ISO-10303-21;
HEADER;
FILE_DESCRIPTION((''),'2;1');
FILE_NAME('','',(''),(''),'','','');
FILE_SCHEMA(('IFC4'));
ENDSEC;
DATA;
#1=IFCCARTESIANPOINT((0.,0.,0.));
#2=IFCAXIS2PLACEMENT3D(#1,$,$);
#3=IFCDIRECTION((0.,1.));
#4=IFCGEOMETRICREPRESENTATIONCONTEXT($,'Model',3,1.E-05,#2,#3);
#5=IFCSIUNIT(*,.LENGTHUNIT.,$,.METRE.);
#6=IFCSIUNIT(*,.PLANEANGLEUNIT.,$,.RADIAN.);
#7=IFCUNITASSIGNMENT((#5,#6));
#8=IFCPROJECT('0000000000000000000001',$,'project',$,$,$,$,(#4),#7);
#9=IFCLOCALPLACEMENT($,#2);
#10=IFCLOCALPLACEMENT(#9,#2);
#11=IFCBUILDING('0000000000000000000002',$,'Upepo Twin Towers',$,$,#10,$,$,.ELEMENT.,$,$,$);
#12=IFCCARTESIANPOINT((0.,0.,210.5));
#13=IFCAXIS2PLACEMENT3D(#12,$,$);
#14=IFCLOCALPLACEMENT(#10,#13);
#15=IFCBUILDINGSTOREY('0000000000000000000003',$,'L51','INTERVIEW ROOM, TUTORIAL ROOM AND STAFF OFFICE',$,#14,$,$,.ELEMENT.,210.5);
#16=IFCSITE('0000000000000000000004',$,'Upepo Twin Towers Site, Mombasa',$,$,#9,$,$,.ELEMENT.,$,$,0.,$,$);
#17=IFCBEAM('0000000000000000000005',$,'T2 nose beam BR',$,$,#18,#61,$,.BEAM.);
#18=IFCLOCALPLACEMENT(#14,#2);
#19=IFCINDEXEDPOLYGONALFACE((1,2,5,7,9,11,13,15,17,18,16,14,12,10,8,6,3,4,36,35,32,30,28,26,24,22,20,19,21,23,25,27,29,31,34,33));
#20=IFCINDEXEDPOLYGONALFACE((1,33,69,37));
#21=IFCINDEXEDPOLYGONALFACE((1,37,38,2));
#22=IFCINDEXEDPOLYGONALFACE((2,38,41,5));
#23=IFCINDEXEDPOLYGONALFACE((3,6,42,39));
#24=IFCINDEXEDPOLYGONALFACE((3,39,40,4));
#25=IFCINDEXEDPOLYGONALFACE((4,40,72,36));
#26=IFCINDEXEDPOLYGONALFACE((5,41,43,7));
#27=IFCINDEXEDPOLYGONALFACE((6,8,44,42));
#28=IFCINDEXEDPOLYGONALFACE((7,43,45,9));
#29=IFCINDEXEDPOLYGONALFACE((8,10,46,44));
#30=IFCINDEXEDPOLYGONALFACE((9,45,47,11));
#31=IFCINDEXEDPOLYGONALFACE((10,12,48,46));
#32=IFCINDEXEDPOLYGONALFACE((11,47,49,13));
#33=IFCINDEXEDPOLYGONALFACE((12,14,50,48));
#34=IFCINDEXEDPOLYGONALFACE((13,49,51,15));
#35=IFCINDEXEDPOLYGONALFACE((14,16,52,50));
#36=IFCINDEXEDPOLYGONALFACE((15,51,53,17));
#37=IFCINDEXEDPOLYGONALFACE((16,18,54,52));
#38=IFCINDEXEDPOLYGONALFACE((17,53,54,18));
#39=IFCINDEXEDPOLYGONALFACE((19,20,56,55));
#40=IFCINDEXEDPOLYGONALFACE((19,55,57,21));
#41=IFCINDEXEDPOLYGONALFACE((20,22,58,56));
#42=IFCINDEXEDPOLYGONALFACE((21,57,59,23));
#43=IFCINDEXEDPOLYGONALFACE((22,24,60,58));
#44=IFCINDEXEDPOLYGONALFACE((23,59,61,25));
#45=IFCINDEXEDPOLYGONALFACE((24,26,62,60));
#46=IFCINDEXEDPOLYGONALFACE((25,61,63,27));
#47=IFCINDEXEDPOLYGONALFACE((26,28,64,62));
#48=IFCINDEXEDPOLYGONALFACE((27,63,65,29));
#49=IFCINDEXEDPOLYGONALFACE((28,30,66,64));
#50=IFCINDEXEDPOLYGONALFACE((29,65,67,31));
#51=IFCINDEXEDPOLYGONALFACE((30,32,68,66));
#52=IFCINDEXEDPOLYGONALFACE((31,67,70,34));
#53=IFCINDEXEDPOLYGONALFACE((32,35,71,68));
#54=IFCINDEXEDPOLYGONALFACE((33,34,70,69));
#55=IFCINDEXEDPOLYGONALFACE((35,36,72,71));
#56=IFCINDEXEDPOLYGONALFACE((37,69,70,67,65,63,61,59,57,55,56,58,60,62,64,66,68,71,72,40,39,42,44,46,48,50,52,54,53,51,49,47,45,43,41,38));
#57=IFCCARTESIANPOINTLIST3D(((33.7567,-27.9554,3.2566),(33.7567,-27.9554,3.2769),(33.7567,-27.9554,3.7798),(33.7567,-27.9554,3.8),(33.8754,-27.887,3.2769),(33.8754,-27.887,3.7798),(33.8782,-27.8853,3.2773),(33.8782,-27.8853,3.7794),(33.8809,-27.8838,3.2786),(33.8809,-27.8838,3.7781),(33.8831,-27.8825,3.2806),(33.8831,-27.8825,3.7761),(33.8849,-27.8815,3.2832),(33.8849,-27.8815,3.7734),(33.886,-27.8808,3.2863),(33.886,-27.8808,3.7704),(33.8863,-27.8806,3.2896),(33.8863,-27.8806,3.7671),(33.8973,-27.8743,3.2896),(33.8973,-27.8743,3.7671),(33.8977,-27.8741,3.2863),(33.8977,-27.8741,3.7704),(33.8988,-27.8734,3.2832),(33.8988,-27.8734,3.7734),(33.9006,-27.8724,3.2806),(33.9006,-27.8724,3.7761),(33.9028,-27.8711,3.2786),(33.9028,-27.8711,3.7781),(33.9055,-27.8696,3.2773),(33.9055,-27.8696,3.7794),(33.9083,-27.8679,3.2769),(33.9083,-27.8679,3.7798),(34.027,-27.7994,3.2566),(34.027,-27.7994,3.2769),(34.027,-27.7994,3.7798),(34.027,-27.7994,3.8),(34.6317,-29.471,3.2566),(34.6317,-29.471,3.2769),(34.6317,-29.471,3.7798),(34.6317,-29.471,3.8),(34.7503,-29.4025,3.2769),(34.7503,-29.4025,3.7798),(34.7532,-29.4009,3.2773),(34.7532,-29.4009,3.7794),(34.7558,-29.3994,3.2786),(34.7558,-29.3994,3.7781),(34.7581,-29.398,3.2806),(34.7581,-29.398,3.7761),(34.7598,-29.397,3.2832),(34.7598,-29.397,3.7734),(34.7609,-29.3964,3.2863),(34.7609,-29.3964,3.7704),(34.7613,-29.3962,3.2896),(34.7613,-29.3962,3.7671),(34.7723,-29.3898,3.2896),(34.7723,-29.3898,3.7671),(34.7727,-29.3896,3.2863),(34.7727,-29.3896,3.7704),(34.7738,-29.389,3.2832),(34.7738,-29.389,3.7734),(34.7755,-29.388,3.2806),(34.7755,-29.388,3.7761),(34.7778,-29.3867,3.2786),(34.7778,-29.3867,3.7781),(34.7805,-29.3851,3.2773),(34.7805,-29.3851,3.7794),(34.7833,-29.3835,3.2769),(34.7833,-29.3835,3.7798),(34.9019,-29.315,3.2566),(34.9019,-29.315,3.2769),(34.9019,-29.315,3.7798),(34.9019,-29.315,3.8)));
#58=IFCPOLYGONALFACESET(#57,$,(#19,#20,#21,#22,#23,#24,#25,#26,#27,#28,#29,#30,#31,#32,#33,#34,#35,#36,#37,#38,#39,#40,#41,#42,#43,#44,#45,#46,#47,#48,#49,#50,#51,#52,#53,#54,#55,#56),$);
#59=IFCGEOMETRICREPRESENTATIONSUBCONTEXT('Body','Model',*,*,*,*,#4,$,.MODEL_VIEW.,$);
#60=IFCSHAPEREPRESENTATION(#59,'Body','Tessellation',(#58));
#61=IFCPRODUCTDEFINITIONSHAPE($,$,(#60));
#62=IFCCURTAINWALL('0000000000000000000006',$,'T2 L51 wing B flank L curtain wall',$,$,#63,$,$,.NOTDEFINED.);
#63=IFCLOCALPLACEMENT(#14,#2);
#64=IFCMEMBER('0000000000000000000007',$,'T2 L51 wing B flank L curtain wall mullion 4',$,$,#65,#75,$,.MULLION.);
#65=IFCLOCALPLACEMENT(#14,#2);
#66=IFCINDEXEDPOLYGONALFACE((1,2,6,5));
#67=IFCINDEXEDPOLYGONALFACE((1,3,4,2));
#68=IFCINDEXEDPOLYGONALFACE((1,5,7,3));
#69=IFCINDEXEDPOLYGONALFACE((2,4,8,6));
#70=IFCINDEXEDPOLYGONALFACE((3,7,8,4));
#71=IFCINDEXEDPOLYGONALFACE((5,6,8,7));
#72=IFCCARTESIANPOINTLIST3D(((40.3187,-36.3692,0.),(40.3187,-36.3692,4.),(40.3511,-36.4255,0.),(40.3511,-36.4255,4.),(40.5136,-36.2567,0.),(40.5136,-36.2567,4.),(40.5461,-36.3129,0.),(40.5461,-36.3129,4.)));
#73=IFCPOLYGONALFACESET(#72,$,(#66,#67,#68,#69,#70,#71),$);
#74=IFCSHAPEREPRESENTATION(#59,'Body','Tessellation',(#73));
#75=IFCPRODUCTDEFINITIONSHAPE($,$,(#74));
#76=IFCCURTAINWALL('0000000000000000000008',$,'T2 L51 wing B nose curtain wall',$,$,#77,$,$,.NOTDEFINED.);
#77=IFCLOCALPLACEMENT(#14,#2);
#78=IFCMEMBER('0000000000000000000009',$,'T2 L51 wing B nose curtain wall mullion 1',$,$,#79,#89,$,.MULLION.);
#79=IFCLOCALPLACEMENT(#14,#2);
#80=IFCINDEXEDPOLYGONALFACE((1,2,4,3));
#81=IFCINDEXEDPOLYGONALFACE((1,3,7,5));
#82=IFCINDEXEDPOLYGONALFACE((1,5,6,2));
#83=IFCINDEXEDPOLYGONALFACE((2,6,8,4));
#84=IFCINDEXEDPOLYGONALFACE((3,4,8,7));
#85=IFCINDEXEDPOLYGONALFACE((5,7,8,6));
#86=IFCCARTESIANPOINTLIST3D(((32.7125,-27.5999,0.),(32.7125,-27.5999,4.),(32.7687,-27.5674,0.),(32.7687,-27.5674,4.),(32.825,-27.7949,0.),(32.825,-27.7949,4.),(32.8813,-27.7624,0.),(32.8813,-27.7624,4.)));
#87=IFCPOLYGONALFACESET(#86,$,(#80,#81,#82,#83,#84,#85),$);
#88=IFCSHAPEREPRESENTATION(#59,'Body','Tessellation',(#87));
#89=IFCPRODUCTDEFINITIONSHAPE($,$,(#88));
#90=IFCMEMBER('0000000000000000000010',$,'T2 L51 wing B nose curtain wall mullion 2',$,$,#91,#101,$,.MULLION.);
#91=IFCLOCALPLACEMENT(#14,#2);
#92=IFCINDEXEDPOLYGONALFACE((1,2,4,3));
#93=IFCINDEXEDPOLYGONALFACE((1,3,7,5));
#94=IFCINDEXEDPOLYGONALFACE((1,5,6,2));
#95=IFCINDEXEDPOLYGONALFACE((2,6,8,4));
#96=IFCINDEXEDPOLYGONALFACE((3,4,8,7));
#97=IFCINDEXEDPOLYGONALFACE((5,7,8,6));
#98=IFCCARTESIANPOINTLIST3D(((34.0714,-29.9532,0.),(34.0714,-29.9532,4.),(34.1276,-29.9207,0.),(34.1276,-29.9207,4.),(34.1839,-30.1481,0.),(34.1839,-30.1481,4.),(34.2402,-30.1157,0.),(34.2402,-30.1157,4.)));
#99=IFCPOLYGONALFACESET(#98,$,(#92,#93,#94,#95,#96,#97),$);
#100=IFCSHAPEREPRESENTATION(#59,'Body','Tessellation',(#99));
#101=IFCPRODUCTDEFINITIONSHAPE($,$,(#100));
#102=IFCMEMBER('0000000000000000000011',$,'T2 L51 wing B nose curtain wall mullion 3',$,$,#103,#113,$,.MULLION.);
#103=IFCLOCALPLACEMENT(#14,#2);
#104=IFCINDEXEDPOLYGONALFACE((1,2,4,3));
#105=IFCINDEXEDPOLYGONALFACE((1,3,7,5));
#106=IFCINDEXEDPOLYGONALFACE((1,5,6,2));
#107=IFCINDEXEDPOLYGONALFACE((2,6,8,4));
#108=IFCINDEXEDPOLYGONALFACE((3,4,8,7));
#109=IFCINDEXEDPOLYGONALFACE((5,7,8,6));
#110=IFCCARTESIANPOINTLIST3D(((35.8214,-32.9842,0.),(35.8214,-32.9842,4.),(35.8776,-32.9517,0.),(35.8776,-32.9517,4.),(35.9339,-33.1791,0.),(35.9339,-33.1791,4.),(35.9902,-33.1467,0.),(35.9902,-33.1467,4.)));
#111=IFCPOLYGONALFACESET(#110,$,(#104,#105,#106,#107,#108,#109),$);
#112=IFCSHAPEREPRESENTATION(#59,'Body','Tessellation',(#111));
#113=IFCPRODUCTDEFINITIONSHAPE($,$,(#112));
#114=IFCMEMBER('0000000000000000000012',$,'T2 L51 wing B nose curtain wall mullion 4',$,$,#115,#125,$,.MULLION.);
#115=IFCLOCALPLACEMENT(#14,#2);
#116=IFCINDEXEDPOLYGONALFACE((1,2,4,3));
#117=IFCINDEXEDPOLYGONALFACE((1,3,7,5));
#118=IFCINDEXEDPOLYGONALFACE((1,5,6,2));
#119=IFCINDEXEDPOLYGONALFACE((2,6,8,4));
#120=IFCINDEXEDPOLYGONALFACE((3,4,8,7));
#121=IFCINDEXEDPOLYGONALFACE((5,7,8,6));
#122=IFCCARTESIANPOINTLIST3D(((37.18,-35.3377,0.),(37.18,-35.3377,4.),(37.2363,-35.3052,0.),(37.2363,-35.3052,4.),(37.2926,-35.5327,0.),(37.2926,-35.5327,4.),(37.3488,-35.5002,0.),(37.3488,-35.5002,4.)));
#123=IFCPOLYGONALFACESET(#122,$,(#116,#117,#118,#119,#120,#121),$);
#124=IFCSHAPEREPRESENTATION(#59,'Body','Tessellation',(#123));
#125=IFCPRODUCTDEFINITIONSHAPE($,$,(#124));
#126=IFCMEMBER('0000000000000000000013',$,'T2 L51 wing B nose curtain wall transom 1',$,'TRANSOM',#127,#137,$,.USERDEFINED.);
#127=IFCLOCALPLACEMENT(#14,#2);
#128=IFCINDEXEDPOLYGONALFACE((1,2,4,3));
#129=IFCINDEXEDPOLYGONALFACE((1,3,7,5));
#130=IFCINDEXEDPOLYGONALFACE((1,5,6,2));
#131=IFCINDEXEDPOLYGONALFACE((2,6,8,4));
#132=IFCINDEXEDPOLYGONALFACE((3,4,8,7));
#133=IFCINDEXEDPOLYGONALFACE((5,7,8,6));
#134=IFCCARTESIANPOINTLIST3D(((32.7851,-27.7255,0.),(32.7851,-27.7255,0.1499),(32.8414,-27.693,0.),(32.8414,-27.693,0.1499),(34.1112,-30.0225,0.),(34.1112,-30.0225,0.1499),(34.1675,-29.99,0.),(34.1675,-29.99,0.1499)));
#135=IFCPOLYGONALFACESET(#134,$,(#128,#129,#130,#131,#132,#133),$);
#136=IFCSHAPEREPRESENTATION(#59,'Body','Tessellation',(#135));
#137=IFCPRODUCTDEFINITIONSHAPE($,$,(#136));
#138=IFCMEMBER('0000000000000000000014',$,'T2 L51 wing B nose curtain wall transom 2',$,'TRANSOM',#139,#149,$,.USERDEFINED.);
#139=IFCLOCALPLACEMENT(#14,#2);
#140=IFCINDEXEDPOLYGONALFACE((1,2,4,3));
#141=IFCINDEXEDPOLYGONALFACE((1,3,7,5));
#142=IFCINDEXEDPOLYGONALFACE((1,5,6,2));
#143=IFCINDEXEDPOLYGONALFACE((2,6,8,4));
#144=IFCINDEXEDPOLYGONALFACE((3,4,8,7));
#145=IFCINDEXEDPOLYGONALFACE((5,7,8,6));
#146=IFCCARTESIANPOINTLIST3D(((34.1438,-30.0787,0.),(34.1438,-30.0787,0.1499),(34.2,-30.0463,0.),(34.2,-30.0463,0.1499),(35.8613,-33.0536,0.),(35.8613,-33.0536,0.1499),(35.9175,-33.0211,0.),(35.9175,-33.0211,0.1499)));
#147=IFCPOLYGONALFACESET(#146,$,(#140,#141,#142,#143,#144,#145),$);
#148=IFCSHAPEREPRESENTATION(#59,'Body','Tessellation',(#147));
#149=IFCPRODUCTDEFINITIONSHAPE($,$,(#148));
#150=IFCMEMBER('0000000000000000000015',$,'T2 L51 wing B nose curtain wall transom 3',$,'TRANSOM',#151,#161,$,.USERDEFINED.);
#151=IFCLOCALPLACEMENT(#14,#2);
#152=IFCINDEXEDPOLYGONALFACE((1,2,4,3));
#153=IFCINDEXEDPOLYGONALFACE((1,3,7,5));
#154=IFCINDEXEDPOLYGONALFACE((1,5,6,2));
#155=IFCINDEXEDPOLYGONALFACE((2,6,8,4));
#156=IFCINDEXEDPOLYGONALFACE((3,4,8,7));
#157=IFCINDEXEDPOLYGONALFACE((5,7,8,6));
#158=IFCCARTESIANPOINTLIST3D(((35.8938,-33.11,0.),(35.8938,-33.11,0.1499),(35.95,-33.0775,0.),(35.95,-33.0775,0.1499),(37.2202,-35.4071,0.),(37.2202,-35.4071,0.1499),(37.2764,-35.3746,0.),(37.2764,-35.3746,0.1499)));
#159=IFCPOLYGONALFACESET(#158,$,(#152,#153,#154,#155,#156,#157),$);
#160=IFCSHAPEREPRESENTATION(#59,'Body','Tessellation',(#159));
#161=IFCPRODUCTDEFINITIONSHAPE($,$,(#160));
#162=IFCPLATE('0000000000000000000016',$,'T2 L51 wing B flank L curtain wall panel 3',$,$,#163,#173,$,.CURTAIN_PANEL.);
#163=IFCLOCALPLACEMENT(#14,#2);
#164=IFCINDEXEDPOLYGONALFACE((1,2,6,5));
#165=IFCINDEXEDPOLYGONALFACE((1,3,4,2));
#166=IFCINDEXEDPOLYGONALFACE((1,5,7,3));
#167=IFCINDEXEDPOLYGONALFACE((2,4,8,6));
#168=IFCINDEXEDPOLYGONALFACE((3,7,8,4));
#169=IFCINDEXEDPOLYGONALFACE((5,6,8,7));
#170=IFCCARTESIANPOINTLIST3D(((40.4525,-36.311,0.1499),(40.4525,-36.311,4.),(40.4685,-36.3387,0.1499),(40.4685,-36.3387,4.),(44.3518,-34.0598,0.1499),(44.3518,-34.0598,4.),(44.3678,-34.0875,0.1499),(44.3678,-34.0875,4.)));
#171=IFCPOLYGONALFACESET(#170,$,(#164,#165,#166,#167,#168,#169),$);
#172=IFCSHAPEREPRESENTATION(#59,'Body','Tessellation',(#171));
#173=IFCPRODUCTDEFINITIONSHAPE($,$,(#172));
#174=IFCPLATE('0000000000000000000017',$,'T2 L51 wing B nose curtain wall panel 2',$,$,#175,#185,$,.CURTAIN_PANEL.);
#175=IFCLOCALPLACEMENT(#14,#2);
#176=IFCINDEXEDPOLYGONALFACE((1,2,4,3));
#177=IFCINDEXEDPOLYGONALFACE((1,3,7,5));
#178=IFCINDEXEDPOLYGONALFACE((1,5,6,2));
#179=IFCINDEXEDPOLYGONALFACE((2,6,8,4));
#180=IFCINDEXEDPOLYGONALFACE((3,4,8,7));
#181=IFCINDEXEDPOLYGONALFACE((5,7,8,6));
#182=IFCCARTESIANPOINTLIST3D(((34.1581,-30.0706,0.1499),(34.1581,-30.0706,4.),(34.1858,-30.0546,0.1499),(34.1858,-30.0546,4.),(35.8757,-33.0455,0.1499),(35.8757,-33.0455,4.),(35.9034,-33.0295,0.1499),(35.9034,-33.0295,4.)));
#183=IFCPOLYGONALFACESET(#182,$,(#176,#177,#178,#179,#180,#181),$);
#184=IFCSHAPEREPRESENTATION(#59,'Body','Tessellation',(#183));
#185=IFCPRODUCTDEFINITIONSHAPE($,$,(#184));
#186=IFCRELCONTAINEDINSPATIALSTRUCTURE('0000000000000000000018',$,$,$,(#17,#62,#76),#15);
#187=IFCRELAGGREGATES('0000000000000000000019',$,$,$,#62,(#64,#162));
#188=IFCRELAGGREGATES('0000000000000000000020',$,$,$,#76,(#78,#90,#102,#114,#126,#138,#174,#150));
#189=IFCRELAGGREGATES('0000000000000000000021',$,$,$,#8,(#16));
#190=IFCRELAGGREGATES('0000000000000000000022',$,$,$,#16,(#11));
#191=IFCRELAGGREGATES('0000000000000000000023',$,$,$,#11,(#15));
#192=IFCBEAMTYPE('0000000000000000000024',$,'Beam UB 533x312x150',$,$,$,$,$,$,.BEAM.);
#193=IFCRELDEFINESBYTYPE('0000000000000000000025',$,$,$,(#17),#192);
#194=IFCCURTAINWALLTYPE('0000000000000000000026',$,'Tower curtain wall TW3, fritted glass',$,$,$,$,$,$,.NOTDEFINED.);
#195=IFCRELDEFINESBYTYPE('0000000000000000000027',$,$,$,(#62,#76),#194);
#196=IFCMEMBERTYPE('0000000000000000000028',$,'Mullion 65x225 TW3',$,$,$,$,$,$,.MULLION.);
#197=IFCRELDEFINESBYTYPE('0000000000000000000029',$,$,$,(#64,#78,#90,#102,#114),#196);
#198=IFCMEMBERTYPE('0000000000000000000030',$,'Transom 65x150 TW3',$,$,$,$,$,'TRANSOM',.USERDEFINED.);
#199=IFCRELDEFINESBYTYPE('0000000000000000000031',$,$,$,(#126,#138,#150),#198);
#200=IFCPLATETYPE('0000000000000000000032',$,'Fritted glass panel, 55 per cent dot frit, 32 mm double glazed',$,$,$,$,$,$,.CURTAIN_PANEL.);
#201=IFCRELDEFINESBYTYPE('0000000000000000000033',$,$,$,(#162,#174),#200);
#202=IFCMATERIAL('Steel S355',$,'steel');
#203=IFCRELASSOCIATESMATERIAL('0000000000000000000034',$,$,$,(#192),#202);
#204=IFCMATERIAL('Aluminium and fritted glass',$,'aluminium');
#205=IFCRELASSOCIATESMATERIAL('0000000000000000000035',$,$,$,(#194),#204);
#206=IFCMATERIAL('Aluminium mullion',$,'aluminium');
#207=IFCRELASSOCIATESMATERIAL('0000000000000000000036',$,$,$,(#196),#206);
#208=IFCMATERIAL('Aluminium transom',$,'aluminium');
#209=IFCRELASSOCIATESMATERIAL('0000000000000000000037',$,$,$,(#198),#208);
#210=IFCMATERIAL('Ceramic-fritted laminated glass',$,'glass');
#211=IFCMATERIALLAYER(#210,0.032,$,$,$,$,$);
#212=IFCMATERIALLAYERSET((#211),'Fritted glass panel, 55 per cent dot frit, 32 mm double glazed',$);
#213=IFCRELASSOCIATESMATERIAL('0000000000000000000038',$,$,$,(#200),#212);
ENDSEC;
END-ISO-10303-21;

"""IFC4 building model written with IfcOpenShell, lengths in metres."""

from ifc_helpers import new_model, si_unit, direction, frame, origin, origin_2d, place, context, subcontext, project, spatial, rectangle, i_section, extrude, material, layer, layer_set, material_profile, profile_set, type_object, element, aggregate, save


model = new_model("IFC4")

# Units and contexts
model_context = context("Model", 3, precision=1e-05, world=origin(), true_north=direction((0.0, 1.0)))
body_context = subcontext(model_context, "Body", "Model", "MODEL_VIEW")
ifc_project = project(units=[si_unit("LENGTHUNIT", "METRE"), si_unit("PLANEANGLEUNIT", "RADIAN")], contexts=[model_context])

# Site, building, storey
site_placement = place(None, origin())
site = spatial("IfcSite", under=ifc_project, at=site_placement, Name="Upepo Twin Towers Site, Mombasa", CompositionType="ELEMENT", RefElevation=0.0)
building_placement = place(site_placement, origin())
building = spatial("IfcBuilding", under=site, at=building_placement, Name="Upepo Twin Towers", CompositionType="ELEMENT")
storey_placement = place(building_placement, frame((0.0, 0.0, 210.5)))
storey = spatial("IfcBuildingStorey", under=building, at=storey_placement, Name="L51", Description="INTERVIEW ROOM, TUTORIAL ROOM AND STAFF OFFICE", CompositionType="ELEMENT", Elevation=210.5)

# Beam
ifc_material_1 = material(Name="Steel S355", Category="steel")
ifc_material_profile_1 = material_profile(ifc_material_1, i_section(OverallWidth=0.312, OverallDepth=0.5435, WebThickness=0.0127, FlangeThickness=0.0203, FilletRadius=0.0127, at=origin_2d()), Name="UB 533x312x150")
ifc_profile_set_1 = profile_set([ifc_material_profile_1], Name="Steel S355")
beam_type_1 = type_object("IfcBeamType", Name="Beam UB 533x312x150", PredefinedType="BEAM", material=ifc_profile_set_1)
for number, where, z_axis, x_axis, name in (
    (1, (33.8918, -27.8774, 3.5283), (0.49998, -0.866037, 0.0), (0.866037, 0.49998, 0.0), "T2 nose beam BR"),
):
    element("IfcBeam", number, at=place(storey_placement, frame(where, z_axis=z_axis, x_axis=x_axis)), inside=storey, type_object=beam_type_1, Name=name, PredefinedType="BEAM", context=body_context, shape_type="SweptSolid", body=[
        extrude(i_section(OverallWidth=0.312, OverallDepth=0.5435, WebThickness=0.0127, FlangeThickness=0.0203, FilletRadius=0.0127, at=origin_2d()), origin(), (0.0, 0.0, 1.0), 1.75),
    ])

# Curtain wall, member
ifc_material_2 = material(Name="Aluminium and fritted glass", Category="aluminium")
curtain_wall_type = type_object("IfcCurtainWallType", Name="Tower curtain wall TW3, fritted glass", PredefinedType="NOTDEFINED", material=ifc_material_2)
curtain_wall_1_placement = place(storey_placement, origin())
curtain_wall_1 = element("IfcCurtainWall", 2, at=curtain_wall_1_placement, inside=storey, type_object=curtain_wall_type, Name="T2 L51 wing B flank L curtain wall", PredefinedType="NOTDEFINED")
ifc_material_3 = material(Name="Aluminium mullion", Category="aluminium")
ifc_material_profile_2 = material_profile(ifc_material_3, rectangle(XDim=0.0649, YDim=0.2251, at=origin_2d()), Name="MULLION 65x225")
ifc_profile_set_2 = profile_set([ifc_material_profile_2], Name="Aluminium mullion")
member_type_1 = type_object("IfcMemberType", Name="Mullion 65x225 TW3", PredefinedType="MULLION", material=ifc_profile_set_2)
member_1_placement = place(storey_placement, frame((40.4324, -36.3411, 0.0), z_axis=(0.0, 0.0, 1.0), x_axis=(0.5, -0.866025, 0.0)))
member_1 = element("IfcMember", 3, at=member_1_placement, type_object=member_type_1, Name="T2 L51 wing B flank L curtain wall mullion 4", PredefinedType="MULLION", context=body_context, shape_type="SweptSolid", body=[
    extrude(rectangle(XDim=0.0649, YDim=0.2251, at=origin_2d()), origin(), (0.0, 0.0, 1.0), 4.0),
])

# Curtain wall, members
curtain_wall_2_placement = place(storey_placement, origin())
curtain_wall_2 = element("IfcCurtainWall", 4, at=curtain_wall_2_placement, inside=storey, type_object=curtain_wall_type, Name="T2 L51 wing B nose curtain wall", PredefinedType="NOTDEFINED")
member_2_placement = place(storey_placement, frame((32.7969, -27.6812, 0.0), z_axis=(0.0, 0.0, 1.0), x_axis=(0.866025, 0.5, 0.0)))
member_2 = element("IfcMember", 5, at=member_2_placement, type_object=member_type_1, Name="T2 L51 wing B nose curtain wall mullion 1", PredefinedType="MULLION", context=body_context, shape_type="SweptSolid", body=[
    extrude(rectangle(XDim=0.0649, YDim=0.2251, at=origin_2d()), origin(), (0.0, 0.0, 1.0), 4.0),
])
member_3_placement = place(storey_placement, frame((34.1558, -30.0344, 0.0), z_axis=(0.0, 0.0, 1.0), x_axis=(0.866025, 0.5, 0.0)))
member_3 = element("IfcMember", 6, at=member_3_placement, type_object=member_type_1, Name="T2 L51 wing B nose curtain wall mullion 2", PredefinedType="MULLION", context=body_context, shape_type="SweptSolid", body=[
    extrude(rectangle(XDim=0.0649, YDim=0.2251, at=origin_2d()), origin(), (0.0, 0.0, 1.0), 4.0),
])
member_4_placement = place(storey_placement, frame((35.9058, -33.0654, 0.0), z_axis=(0.0, 0.0, 1.0), x_axis=(0.866025, 0.5, 0.0)))
member_4 = element("IfcMember", 7, at=member_4_placement, type_object=member_type_1, Name="T2 L51 wing B nose curtain wall mullion 3", PredefinedType="MULLION", context=body_context, shape_type="SweptSolid", body=[
    extrude(rectangle(XDim=0.0649, YDim=0.2251, at=origin_2d()), origin(), (0.0, 0.0, 1.0), 4.0),
])
member_5_placement = place(storey_placement, frame((37.2644, -35.4189, 0.0), z_axis=(0.0, 0.0, 1.0), x_axis=(0.866025, 0.5, 0.0)))
member_5 = element("IfcMember", 8, at=member_5_placement, type_object=member_type_1, Name="T2 L51 wing B nose curtain wall mullion 4", PredefinedType="MULLION", context=body_context, shape_type="SweptSolid", body=[
    extrude(rectangle(XDim=0.0649, YDim=0.2251, at=origin_2d()), origin(), (0.0, 0.0, 1.0), 4.0),
])
ifc_material_4 = material(Name="Aluminium transom", Category="aluminium")
ifc_material_profile_3 = material_profile(ifc_material_4, rectangle(XDim=0.0649, YDim=0.1499, at=origin_2d()), Name="TRANSOM 65x150")
ifc_profile_set_3 = profile_set([ifc_material_profile_3], Name="Aluminium transom")
member_type_2 = type_object("IfcMemberType", Name="Transom 65x150 TW3", ElementType="TRANSOM", PredefinedType="USERDEFINED", material=ifc_profile_set_3)
member_6_placement = place(storey_placement, frame((32.8132, -27.7092, 0.075), z_axis=(0.49998, -0.866037, 0.0), x_axis=(0.866037, 0.49998, 0.0)))
member_6 = element("IfcMember", 9, at=member_6_placement, type_object=member_type_2, Name="T2 L51 wing B nose curtain wall transom 1", ObjectType="TRANSOM", PredefinedType="USERDEFINED", context=body_context, shape_type="SweptSolid", body=[
    extrude(rectangle(XDim=0.0649, YDim=0.1499, at=origin_2d()), origin(), (0.0, 0.0, 1.0), 2.6523),
])
member_7_placement = place(storey_placement, frame((34.1719, -30.0625, 0.075), z_axis=(0.499999, -0.866026, 0.0), x_axis=(0.866026, 0.499999, 0.0)))
member_7 = element("IfcMember", 10, at=member_7_placement, type_object=member_type_2, Name="T2 L51 wing B nose curtain wall transom 2", ObjectType="TRANSOM", PredefinedType="USERDEFINED", context=body_context, shape_type="SweptSolid", body=[
    extrude(rectangle(XDim=0.0649, YDim=0.1499, at=origin_2d()), origin(), (0.0, 0.0, 1.0), 3.4351),
])
member_8_placement = place(storey_placement, frame((35.9219, -33.0938, 0.075), z_axis=(0.500049, -0.865997, 0.0), x_axis=(0.865997, 0.500049, 0.0)))
member_8 = element("IfcMember", 11, at=member_8_placement, type_object=member_type_2, Name="T2 L51 wing B nose curtain wall transom 3", ObjectType="TRANSOM", PredefinedType="USERDEFINED", context=body_context, shape_type="SweptSolid", body=[
    extrude(rectangle(XDim=0.0649, YDim=0.1499, at=origin_2d()), origin(), (0.0, 0.0, 1.0), 2.6526),
])

# Plates
ifc_material_5 = material(Name="Ceramic-fritted laminated glass", Category="glass")
ifc_layer_1 = layer(ifc_material_5, 0.032)
ifc_layer_set_1 = layer_set([ifc_layer_1], Name="Fritted glass panel, 55 per cent dot frit, 32 mm double glazed")
plate_type_1 = type_object("IfcPlateType", Name="Fritted glass panel, 55 per cent dot frit, 32 mm double glazed", PredefinedType="CURTAIN_PANEL", material=ifc_layer_set_1)
plate_1_placement = place(storey_placement, frame((42.4102, -35.1992, 0.1499), z_axis=(0.0, 0.0, 1.0), x_axis=(-0.866025, -0.5, 0.0)))
plate_1 = element("IfcPlate", 12, at=plate_1_placement, type_object=plate_type_1, Name="T2 L51 wing B flank L curtain wall panel 3", PredefinedType="CURTAIN_PANEL", context=body_context, shape_type="SweptSolid", body=[
    extrude(rectangle(XDim=4.5024, YDim=0.032, at=origin_2d()), origin(), (0.0, 0.0, 1.0), 3.8501),
])
aggregate(curtain_wall_1, [member_1, plate_1])
plate_2_placement = place(storey_placement, frame((35.0308, -31.55, 0.1499), z_axis=(0.0, 0.0, 1.0), x_axis=(0.5, -0.866025, 0.0)))
plate_2 = element("IfcPlate", 13, at=plate_2_placement, type_object=plate_type_1, Name="T2 L51 wing B nose curtain wall panel 2", PredefinedType="CURTAIN_PANEL", context=body_context, shape_type="SweptSolid", body=[
    extrude(rectangle(XDim=3.4351, YDim=0.032, at=origin_2d()), origin(), (0.0, 0.0, 1.0), 3.8501),
])
aggregate(curtain_wall_2, [member_2, member_3, member_4, member_5, member_6, member_7, plate_2, member_8])

save(model, "model.ifc")
